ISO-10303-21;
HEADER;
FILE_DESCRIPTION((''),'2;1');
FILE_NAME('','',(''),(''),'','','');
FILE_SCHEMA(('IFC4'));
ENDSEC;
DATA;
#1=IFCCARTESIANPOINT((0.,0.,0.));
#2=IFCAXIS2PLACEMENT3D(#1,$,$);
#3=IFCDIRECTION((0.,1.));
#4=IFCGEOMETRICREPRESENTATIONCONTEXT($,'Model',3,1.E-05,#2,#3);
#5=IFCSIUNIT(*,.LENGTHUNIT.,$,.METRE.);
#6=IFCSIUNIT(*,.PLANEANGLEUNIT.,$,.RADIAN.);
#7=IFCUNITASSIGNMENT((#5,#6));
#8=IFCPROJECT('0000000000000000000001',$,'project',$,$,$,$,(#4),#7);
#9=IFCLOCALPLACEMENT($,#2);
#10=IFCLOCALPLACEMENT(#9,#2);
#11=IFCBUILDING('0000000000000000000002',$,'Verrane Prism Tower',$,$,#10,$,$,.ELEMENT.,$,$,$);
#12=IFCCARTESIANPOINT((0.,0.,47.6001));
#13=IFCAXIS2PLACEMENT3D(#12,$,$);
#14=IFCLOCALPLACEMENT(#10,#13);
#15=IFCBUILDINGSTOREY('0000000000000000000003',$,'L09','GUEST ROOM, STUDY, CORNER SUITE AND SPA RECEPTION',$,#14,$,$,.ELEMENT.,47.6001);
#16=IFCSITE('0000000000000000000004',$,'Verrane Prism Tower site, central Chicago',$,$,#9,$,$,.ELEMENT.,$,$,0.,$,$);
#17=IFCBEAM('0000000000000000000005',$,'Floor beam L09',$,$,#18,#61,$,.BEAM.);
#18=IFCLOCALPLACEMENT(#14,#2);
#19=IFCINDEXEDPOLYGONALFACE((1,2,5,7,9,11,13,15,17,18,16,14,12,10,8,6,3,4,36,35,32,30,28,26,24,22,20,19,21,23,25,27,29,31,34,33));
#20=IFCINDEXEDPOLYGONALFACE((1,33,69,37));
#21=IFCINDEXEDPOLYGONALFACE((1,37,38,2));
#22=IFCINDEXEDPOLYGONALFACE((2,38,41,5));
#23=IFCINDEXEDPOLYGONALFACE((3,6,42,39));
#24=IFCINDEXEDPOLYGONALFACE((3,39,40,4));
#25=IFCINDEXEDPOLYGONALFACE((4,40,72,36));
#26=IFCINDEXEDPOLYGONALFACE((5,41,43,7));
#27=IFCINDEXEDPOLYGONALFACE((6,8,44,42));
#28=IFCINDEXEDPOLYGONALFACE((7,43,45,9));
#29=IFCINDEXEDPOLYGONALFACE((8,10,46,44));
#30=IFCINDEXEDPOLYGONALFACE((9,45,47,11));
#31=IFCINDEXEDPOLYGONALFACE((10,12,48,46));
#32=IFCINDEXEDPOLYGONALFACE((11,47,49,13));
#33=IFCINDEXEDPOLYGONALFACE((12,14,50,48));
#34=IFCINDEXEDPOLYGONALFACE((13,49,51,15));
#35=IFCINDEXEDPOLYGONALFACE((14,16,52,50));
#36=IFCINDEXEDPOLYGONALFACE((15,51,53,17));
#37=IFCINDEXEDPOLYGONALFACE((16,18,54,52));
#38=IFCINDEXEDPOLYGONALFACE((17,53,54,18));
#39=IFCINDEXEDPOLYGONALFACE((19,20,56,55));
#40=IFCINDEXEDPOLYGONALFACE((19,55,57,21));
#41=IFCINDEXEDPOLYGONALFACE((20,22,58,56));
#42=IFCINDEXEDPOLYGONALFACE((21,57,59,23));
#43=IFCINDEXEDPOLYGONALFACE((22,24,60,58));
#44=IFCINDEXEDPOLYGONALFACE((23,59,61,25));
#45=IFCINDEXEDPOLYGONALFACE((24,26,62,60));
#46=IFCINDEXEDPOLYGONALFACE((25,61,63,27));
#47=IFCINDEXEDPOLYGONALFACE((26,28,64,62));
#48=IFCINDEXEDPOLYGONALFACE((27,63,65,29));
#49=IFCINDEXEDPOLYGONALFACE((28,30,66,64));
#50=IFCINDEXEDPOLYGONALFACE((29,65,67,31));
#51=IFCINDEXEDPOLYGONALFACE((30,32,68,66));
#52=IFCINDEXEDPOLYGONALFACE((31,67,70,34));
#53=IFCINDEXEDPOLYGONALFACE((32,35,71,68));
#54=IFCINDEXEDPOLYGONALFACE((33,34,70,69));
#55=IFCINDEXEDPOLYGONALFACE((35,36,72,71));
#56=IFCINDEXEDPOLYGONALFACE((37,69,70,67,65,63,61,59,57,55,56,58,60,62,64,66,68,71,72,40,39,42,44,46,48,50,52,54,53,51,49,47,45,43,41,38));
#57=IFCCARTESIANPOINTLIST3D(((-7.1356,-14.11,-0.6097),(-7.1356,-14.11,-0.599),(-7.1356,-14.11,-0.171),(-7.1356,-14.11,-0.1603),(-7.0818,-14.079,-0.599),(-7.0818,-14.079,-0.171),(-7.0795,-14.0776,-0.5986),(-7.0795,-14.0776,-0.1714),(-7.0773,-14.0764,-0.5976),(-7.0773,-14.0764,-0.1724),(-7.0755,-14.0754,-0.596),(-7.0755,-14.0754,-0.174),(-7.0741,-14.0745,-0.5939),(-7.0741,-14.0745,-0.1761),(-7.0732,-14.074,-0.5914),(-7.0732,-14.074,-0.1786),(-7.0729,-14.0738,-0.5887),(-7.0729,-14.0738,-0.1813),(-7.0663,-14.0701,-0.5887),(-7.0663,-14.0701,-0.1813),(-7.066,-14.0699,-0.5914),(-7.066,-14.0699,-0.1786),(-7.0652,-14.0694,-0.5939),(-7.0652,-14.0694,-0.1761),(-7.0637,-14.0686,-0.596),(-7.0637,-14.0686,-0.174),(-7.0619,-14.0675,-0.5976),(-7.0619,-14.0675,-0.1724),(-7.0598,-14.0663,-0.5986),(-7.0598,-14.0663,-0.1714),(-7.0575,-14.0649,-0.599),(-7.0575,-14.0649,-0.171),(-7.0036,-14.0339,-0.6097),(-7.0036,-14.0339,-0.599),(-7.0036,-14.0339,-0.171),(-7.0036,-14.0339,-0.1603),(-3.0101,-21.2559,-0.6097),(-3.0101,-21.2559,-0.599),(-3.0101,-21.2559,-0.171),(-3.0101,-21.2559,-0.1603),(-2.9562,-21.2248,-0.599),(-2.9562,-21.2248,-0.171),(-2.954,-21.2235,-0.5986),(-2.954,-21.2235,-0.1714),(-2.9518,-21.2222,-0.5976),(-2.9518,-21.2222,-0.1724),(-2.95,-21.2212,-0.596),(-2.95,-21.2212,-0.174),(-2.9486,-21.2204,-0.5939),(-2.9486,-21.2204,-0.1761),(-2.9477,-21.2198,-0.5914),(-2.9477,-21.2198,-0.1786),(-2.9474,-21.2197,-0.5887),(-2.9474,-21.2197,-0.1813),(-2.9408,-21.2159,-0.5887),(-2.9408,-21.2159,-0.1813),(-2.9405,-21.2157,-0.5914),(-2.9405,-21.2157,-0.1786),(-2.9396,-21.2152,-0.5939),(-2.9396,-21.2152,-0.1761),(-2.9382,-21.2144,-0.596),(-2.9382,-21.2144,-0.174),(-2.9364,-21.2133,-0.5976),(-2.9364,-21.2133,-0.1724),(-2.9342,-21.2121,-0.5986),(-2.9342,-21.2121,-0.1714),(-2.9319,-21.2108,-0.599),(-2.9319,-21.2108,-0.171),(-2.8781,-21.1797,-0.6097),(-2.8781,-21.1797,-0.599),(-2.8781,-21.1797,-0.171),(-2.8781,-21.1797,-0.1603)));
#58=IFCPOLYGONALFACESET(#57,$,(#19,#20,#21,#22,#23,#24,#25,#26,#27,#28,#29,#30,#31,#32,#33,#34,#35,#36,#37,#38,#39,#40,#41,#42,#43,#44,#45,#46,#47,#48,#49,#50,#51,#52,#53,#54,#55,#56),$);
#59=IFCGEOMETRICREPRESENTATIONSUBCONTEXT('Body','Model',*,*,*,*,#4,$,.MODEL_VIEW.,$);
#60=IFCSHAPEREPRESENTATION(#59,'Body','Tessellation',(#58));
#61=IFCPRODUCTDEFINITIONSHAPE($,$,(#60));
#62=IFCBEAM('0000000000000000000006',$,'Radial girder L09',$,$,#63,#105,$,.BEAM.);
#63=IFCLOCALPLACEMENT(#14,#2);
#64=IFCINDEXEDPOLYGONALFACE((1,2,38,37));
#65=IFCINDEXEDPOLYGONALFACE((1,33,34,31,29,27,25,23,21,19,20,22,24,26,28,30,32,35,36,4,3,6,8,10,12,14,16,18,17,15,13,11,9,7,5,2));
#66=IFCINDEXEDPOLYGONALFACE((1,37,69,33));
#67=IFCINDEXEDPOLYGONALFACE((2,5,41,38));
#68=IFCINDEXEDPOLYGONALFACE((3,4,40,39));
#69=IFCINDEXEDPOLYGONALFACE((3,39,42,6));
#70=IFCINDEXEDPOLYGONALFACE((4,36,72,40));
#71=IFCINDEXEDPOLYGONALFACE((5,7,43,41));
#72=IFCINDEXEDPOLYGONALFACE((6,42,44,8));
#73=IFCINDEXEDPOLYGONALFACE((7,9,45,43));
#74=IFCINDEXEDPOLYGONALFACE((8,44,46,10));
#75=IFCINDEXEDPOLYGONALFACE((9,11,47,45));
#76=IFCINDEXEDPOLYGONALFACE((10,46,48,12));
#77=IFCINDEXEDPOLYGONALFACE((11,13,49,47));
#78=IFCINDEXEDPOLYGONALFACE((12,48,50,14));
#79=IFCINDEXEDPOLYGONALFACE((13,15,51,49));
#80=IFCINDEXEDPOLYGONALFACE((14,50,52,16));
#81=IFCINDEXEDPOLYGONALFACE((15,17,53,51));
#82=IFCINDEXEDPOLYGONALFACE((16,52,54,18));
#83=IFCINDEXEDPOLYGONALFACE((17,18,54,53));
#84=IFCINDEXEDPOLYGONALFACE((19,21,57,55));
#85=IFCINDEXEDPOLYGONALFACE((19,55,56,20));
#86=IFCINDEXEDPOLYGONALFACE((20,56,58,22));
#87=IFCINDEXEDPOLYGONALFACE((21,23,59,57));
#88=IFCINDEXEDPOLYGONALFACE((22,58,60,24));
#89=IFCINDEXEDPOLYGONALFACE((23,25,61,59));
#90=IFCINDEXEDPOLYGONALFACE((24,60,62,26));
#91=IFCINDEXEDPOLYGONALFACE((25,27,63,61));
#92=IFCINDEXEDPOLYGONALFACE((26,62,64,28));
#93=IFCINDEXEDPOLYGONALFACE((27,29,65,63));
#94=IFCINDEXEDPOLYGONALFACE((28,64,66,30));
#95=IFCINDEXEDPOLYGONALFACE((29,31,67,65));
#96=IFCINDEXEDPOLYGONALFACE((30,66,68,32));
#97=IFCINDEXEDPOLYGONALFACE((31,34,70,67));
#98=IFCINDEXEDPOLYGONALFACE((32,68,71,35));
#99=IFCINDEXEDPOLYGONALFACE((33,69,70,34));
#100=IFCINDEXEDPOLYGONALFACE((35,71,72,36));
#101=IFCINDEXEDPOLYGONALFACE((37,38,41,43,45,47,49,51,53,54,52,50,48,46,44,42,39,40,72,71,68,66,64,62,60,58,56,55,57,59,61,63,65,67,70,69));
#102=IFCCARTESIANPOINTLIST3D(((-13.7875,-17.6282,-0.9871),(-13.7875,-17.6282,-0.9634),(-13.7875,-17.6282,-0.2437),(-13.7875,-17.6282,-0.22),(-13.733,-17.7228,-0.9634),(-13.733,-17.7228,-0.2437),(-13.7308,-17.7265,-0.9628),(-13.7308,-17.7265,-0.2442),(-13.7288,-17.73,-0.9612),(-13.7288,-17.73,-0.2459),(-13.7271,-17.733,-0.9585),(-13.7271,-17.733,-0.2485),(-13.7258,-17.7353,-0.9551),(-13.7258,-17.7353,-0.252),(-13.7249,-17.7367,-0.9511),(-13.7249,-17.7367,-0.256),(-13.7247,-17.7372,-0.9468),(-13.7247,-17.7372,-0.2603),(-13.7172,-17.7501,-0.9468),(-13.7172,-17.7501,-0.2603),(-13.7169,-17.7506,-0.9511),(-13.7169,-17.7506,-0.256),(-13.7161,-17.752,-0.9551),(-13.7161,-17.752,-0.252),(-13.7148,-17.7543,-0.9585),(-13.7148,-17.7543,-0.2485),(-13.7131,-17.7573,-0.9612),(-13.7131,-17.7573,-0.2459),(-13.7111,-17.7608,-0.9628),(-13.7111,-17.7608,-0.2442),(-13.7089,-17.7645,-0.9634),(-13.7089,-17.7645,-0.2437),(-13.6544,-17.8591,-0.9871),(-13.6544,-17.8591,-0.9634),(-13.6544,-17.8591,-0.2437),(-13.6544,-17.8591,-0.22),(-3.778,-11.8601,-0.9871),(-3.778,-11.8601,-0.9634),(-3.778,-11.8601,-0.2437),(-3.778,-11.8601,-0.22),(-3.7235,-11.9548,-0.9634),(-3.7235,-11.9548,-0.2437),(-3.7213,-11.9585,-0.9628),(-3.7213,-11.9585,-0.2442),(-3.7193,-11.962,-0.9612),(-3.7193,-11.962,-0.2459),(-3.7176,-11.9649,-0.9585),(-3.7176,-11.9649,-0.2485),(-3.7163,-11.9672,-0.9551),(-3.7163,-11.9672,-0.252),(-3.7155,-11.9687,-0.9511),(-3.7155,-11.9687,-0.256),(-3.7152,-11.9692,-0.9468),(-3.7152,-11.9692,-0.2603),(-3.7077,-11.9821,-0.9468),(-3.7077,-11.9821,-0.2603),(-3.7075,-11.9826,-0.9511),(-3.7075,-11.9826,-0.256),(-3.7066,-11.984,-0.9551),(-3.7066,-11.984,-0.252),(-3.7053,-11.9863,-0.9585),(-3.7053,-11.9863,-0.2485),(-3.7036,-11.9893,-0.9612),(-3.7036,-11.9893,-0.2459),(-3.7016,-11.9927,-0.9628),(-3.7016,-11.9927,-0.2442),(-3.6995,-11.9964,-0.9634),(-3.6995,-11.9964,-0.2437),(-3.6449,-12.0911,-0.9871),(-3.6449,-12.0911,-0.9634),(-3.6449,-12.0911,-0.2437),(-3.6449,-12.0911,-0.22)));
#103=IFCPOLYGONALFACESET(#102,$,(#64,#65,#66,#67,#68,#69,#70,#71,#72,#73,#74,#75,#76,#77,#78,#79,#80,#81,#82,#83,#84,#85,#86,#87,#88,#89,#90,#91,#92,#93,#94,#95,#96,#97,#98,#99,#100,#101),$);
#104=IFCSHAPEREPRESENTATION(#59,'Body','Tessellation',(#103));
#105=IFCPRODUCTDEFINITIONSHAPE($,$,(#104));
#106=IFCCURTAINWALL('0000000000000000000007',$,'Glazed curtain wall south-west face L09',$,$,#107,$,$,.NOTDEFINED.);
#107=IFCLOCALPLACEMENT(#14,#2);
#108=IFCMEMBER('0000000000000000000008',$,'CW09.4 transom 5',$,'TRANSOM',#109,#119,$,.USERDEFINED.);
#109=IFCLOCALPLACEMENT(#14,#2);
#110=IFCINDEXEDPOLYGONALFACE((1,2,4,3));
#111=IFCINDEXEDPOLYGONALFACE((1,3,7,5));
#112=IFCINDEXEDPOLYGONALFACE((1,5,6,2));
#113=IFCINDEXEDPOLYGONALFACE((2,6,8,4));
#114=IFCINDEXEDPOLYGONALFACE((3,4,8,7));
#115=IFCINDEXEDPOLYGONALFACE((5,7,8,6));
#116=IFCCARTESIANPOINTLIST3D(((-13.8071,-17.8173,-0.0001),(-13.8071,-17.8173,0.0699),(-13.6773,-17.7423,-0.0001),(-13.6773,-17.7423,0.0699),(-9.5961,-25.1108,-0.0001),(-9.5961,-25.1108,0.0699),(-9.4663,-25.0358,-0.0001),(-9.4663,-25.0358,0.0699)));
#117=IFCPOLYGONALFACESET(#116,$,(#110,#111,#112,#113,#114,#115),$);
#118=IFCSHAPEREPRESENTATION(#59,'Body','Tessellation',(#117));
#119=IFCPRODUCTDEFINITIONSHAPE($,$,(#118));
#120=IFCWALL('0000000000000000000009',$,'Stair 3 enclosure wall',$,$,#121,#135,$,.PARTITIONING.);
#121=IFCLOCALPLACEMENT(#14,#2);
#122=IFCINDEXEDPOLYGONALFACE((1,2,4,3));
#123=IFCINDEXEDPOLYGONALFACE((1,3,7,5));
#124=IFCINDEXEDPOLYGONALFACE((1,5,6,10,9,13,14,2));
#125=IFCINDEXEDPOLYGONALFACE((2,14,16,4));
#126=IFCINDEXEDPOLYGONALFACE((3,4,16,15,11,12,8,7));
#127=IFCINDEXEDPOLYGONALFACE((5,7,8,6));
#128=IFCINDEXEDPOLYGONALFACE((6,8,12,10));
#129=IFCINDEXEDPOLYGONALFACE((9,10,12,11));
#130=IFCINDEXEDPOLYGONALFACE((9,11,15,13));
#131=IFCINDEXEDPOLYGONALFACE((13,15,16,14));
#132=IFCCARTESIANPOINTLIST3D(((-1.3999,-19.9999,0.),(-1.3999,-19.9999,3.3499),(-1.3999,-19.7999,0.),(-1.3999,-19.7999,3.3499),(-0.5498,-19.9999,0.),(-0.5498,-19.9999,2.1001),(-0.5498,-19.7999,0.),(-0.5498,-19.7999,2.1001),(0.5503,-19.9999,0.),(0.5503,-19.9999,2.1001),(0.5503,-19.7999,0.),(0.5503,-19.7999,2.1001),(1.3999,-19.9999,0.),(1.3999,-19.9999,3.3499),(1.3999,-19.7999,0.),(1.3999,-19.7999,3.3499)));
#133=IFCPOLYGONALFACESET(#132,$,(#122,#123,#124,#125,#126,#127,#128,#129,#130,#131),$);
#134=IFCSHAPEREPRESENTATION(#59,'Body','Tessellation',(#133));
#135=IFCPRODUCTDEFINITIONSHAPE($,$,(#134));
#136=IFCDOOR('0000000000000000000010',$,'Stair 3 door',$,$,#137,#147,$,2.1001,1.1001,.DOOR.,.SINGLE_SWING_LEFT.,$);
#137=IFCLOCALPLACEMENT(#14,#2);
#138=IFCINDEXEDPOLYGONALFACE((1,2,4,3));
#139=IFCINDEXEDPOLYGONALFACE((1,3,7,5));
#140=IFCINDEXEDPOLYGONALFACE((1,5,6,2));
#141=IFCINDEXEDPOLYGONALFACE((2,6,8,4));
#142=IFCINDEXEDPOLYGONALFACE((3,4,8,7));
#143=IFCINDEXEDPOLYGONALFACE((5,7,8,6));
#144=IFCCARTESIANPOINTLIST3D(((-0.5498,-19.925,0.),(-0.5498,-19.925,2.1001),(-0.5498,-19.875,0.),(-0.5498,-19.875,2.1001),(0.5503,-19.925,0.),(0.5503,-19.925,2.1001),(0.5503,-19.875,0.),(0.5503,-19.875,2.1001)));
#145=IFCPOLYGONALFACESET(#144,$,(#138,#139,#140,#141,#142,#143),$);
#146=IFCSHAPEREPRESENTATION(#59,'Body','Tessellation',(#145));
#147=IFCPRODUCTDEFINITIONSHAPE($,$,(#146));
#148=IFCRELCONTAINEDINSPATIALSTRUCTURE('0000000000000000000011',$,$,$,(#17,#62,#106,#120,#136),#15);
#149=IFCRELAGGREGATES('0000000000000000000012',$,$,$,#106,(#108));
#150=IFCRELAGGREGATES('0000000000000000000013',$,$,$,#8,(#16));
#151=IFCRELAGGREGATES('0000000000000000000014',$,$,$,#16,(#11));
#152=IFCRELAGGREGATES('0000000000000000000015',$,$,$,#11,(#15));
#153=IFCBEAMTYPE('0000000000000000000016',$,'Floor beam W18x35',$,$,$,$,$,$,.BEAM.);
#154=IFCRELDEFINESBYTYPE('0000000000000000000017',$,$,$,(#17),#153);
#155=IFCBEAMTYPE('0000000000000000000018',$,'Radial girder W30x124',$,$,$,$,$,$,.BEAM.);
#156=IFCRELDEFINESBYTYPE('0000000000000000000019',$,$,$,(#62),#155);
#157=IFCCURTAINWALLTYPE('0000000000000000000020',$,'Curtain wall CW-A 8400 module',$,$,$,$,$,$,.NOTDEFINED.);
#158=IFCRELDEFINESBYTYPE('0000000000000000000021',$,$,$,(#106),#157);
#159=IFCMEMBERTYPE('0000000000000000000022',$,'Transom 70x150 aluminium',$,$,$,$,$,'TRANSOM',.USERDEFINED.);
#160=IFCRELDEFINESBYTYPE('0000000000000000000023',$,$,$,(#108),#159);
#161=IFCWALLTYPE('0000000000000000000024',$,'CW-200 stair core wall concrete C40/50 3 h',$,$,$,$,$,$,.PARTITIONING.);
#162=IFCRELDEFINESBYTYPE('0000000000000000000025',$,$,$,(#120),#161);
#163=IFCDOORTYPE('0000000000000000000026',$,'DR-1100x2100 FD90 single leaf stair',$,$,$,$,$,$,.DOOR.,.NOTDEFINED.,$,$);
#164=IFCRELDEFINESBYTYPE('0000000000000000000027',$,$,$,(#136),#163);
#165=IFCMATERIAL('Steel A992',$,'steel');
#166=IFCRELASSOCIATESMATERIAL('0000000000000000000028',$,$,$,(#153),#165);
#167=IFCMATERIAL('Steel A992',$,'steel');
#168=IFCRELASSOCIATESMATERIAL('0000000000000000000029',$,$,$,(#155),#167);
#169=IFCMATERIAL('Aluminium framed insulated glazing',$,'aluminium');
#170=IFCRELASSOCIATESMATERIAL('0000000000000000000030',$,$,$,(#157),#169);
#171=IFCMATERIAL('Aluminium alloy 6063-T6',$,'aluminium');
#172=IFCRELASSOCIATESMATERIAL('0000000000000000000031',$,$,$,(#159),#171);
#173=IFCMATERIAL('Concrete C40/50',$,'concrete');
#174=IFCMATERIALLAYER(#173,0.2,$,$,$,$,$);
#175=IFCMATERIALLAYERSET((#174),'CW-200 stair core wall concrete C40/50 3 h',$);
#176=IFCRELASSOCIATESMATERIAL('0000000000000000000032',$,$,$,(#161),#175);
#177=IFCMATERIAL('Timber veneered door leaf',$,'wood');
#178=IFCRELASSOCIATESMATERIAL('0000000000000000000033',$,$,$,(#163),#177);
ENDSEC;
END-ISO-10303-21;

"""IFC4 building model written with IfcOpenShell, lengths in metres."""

from ifc_helpers import new_model, si_unit, direction, frame, frame_2d, origin, origin_2d, place, context, subcontext, project, spatial, rectangle, i_section, extrude, material, layer, layer_set, material_profile, profile_set, type_object, element, fill, aggregate, save


model = new_model("IFC4")

# Units and contexts
model_context = context("Model", 3, precision=1e-05, world=origin(), true_north=direction((0.0, 1.0)))
body_context = subcontext(model_context, "Body", "Model", "MODEL_VIEW")
ifc_project = project(units=[si_unit("LENGTHUNIT", "METRE"), si_unit("PLANEANGLEUNIT", "RADIAN")], contexts=[model_context])

# Site, building, storey
site_placement = place(None, origin())
site = spatial("IfcSite", under=ifc_project, at=site_placement, Name="Verrane Prism Tower site, central Chicago", CompositionType="ELEMENT", RefElevation=0.0)
building_placement = place(site_placement, origin())
building = spatial("IfcBuilding", under=site, at=building_placement, Name="Verrane Prism Tower", CompositionType="ELEMENT")
storey_placement = place(building_placement, frame((0.0, 0.0, 47.6001)))
storey = spatial("IfcBuildingStorey", under=building, at=storey_placement, Name="L09", Description="GUEST ROOM, STUDY, CORNER SUITE AND SPA RECEPTION", CompositionType="ELEMENT", Elevation=47.6001)

# Beams
ifc_material_1 = material(Name="Steel A992", Category="steel")
ifc_material_profile_1 = material_profile(ifc_material_1, i_section(OverallWidth=0.1523, OverallDepth=0.4495, WebThickness=0.0076, FlangeThickness=0.0107, FilletRadius=0.0103, at=origin_2d()), Name="W18x35")
ifc_profile_set_1 = profile_set([ifc_material_profile_1], Name="Steel A992")
beam_type_1 = type_object("IfcBeamType", Name="Floor beam W18x35", PredefinedType="BEAM", material=ifc_profile_set_1)
beam_1_placement = place(storey_placement, frame((-2.9441, -21.2178, -0.385), z_axis=(-0.49999, 0.866031, 0.0), x_axis=(-0.866031, -0.49999, 0.0)))
element("IfcBeam", 1, at=beam_1_placement, inside=storey, type_object=beam_type_1, Name="Floor beam L09", PredefinedType="BEAM", context=body_context, shape_type="SweptSolid", body=[
    extrude(i_section(OverallWidth=0.1523, OverallDepth=0.4495, WebThickness=0.0076, FlangeThickness=0.0107, FilletRadius=0.0103, at=origin_2d()), origin(), (0.0, 0.0, 1.0), 8.2512),
])
ifc_material_2 = material(Name="Steel A992", Category="steel")
ifc_material_profile_2 = material_profile(ifc_material_2, i_section(OverallWidth=0.2666, OverallDepth=0.7671, WebThickness=0.0149, FlangeThickness=0.0237, FilletRadius=0.0166, at=origin_2d()), Name="W30x124")
ifc_profile_set_2 = profile_set([ifc_material_profile_2], Name="Steel A992")
beam_type_2 = type_object("IfcBeamType", Name="Radial girder W30x124", PredefinedType="BEAM", material=ifc_profile_set_2)
beam_2_placement = place(storey_placement, frame((-13.7209, -17.7437, -0.6035), z_axis=(0.866435, 0.49929, 0.0), x_axis=(-0.49929, 0.866435, 0.0)))
element("IfcBeam", 2, at=beam_2_placement, inside=storey, type_object=beam_type_2, Name="Radial girder L09", PredefinedType="BEAM", context=body_context, shape_type="SweptSolid", body=[
    extrude(i_section(OverallWidth=0.2666, OverallDepth=0.7671, WebThickness=0.0149, FlangeThickness=0.0237, FilletRadius=0.0166, at=origin_2d()), origin(), (0.0, 0.0, 1.0), 11.5525),
])

# Curtain wall, member
ifc_material_3 = material(Name="Aluminium framed insulated glazing", Category="aluminium")
curtain_wall_type = type_object("IfcCurtainWallType", Name="Curtain wall CW-A 8400 module", PredefinedType="NOTDEFINED", material=ifc_material_3)
curtain_wall_placement = place(storey_placement, origin())
curtain_wall = element("IfcCurtainWall", 3, at=curtain_wall_placement, inside=storey, type_object=curtain_wall_type, Name="Glazed curtain wall south-west face L09", PredefinedType="NOTDEFINED")
ifc_material_4 = material(Name="Aluminium alloy 6063-T6", Category="aluminium")
ifc_material_profile_3 = material_profile(ifc_material_4, rectangle(XDim=0.1499, YDim=0.0701, at=origin_2d()), Name="Transom 70x150 aluminium")
ifc_profile_set_3 = profile_set([ifc_material_profile_3], Name="Aluminium alloy 6063-T6")
member_type = type_object("IfcMemberType", Name="Transom 70x150 aluminium", ElementType="TRANSOM", PredefinedType="USERDEFINED", material=ifc_profile_set_3)
member_placement = place(storey_placement, frame((-13.7422, -17.7798, 0.0349), z_axis=(0.500005, -0.866022, 0.0), x_axis=(0.866022, 0.500005, 0.0)))
member = element("IfcMember", 4, at=member_placement, type_object=member_type, Name="CW09.4 transom 5", ObjectType="TRANSOM", PredefinedType="USERDEFINED", context=body_context, shape_type="SweptSolid", body=[
    extrude(rectangle(XDim=0.1499, YDim=0.0701, at=origin_2d()), origin(), (0.0, 0.0, 1.0), 8.4219),
])
aggregate(curtain_wall, [member])

# Wall, opening, door
ifc_material_5 = material(Name="Concrete C40/50", Category="concrete")
ifc_layer_1 = layer(ifc_material_5, 0.2)
ifc_layer_set_1 = layer_set([ifc_layer_1], Name="CW-200 stair core wall concrete C40/50 3 h")
wall_type_1 = type_object("IfcWallType", Name="CW-200 stair core wall concrete C40/50 3 h", PredefinedType="PARTITIONING", material=ifc_layer_set_1)
wall_1_placement = place(storey_placement, frame((-1.3999, -19.8999, 0.0), z_axis=(0.0, 0.0, 1.0), x_axis=(1.0, 0.0, 0.0)))
wall_1 = element("IfcWall", 5, at=wall_1_placement, inside=storey, type_object=wall_type_1, Name="Stair 3 enclosure wall", PredefinedType="PARTITIONING", context=body_context, shape_type="SweptSolid", body=[
    extrude(rectangle(XDim=2.7998, YDim=0.2, at=frame_2d((1.3999, 0.0))), origin(), (0.0, 0.0, 1.0), 3.3499),
])
opening_1_placement = place(wall_1_placement, frame((0.8501, 0.0, 0.0)))
opening_1 = element("IfcOpeningElement", 6, at=opening_1_placement, cuts=wall_1, PredefinedType="OPENING", context=body_context, shape_type="SweptSolid", body=[
    extrude(rectangle(XDim=1.1001, YDim=2.1001, at=frame_2d((0.55, 1.05))), frame((0.0, 0.1099, 0.0), z_axis=(0.0, -1.0, 0.0), x_axis=(1.0, 0.0, 0.0)), (0.0, 0.0, 1.0), 0.22),
])
ifc_material_6 = material(Name="Timber veneered door leaf", Category="wood")
door_type_1 = type_object("IfcDoorType", Name="DR-1100x2100 FD90 single leaf stair", OperationType="NOTDEFINED", PredefinedType="DOOR", material=ifc_material_6)
door_1_placement = place(opening_1_placement, origin())
door_1 = element("IfcDoor", 7, at=door_1_placement, inside=storey, type_object=door_type_1, Name="Stair 3 door", OperationType="SINGLE_SWING_LEFT", OverallHeight=2.1001, OverallWidth=1.1001, PredefinedType="DOOR", context=body_context, shape_type="SweptSolid", body=[
    extrude(rectangle(XDim=1.1001, YDim=2.1001, at=frame_2d((0.55, 1.05))), frame((0.0, 0.0249, 0.0), z_axis=(0.0, -1.0, 0.0), x_axis=(1.0, 0.0, 0.0)), (0.0, 0.0, 1.0), 0.05),
])
fill(opening_1, door_1)

save(model, "model.ifc")
